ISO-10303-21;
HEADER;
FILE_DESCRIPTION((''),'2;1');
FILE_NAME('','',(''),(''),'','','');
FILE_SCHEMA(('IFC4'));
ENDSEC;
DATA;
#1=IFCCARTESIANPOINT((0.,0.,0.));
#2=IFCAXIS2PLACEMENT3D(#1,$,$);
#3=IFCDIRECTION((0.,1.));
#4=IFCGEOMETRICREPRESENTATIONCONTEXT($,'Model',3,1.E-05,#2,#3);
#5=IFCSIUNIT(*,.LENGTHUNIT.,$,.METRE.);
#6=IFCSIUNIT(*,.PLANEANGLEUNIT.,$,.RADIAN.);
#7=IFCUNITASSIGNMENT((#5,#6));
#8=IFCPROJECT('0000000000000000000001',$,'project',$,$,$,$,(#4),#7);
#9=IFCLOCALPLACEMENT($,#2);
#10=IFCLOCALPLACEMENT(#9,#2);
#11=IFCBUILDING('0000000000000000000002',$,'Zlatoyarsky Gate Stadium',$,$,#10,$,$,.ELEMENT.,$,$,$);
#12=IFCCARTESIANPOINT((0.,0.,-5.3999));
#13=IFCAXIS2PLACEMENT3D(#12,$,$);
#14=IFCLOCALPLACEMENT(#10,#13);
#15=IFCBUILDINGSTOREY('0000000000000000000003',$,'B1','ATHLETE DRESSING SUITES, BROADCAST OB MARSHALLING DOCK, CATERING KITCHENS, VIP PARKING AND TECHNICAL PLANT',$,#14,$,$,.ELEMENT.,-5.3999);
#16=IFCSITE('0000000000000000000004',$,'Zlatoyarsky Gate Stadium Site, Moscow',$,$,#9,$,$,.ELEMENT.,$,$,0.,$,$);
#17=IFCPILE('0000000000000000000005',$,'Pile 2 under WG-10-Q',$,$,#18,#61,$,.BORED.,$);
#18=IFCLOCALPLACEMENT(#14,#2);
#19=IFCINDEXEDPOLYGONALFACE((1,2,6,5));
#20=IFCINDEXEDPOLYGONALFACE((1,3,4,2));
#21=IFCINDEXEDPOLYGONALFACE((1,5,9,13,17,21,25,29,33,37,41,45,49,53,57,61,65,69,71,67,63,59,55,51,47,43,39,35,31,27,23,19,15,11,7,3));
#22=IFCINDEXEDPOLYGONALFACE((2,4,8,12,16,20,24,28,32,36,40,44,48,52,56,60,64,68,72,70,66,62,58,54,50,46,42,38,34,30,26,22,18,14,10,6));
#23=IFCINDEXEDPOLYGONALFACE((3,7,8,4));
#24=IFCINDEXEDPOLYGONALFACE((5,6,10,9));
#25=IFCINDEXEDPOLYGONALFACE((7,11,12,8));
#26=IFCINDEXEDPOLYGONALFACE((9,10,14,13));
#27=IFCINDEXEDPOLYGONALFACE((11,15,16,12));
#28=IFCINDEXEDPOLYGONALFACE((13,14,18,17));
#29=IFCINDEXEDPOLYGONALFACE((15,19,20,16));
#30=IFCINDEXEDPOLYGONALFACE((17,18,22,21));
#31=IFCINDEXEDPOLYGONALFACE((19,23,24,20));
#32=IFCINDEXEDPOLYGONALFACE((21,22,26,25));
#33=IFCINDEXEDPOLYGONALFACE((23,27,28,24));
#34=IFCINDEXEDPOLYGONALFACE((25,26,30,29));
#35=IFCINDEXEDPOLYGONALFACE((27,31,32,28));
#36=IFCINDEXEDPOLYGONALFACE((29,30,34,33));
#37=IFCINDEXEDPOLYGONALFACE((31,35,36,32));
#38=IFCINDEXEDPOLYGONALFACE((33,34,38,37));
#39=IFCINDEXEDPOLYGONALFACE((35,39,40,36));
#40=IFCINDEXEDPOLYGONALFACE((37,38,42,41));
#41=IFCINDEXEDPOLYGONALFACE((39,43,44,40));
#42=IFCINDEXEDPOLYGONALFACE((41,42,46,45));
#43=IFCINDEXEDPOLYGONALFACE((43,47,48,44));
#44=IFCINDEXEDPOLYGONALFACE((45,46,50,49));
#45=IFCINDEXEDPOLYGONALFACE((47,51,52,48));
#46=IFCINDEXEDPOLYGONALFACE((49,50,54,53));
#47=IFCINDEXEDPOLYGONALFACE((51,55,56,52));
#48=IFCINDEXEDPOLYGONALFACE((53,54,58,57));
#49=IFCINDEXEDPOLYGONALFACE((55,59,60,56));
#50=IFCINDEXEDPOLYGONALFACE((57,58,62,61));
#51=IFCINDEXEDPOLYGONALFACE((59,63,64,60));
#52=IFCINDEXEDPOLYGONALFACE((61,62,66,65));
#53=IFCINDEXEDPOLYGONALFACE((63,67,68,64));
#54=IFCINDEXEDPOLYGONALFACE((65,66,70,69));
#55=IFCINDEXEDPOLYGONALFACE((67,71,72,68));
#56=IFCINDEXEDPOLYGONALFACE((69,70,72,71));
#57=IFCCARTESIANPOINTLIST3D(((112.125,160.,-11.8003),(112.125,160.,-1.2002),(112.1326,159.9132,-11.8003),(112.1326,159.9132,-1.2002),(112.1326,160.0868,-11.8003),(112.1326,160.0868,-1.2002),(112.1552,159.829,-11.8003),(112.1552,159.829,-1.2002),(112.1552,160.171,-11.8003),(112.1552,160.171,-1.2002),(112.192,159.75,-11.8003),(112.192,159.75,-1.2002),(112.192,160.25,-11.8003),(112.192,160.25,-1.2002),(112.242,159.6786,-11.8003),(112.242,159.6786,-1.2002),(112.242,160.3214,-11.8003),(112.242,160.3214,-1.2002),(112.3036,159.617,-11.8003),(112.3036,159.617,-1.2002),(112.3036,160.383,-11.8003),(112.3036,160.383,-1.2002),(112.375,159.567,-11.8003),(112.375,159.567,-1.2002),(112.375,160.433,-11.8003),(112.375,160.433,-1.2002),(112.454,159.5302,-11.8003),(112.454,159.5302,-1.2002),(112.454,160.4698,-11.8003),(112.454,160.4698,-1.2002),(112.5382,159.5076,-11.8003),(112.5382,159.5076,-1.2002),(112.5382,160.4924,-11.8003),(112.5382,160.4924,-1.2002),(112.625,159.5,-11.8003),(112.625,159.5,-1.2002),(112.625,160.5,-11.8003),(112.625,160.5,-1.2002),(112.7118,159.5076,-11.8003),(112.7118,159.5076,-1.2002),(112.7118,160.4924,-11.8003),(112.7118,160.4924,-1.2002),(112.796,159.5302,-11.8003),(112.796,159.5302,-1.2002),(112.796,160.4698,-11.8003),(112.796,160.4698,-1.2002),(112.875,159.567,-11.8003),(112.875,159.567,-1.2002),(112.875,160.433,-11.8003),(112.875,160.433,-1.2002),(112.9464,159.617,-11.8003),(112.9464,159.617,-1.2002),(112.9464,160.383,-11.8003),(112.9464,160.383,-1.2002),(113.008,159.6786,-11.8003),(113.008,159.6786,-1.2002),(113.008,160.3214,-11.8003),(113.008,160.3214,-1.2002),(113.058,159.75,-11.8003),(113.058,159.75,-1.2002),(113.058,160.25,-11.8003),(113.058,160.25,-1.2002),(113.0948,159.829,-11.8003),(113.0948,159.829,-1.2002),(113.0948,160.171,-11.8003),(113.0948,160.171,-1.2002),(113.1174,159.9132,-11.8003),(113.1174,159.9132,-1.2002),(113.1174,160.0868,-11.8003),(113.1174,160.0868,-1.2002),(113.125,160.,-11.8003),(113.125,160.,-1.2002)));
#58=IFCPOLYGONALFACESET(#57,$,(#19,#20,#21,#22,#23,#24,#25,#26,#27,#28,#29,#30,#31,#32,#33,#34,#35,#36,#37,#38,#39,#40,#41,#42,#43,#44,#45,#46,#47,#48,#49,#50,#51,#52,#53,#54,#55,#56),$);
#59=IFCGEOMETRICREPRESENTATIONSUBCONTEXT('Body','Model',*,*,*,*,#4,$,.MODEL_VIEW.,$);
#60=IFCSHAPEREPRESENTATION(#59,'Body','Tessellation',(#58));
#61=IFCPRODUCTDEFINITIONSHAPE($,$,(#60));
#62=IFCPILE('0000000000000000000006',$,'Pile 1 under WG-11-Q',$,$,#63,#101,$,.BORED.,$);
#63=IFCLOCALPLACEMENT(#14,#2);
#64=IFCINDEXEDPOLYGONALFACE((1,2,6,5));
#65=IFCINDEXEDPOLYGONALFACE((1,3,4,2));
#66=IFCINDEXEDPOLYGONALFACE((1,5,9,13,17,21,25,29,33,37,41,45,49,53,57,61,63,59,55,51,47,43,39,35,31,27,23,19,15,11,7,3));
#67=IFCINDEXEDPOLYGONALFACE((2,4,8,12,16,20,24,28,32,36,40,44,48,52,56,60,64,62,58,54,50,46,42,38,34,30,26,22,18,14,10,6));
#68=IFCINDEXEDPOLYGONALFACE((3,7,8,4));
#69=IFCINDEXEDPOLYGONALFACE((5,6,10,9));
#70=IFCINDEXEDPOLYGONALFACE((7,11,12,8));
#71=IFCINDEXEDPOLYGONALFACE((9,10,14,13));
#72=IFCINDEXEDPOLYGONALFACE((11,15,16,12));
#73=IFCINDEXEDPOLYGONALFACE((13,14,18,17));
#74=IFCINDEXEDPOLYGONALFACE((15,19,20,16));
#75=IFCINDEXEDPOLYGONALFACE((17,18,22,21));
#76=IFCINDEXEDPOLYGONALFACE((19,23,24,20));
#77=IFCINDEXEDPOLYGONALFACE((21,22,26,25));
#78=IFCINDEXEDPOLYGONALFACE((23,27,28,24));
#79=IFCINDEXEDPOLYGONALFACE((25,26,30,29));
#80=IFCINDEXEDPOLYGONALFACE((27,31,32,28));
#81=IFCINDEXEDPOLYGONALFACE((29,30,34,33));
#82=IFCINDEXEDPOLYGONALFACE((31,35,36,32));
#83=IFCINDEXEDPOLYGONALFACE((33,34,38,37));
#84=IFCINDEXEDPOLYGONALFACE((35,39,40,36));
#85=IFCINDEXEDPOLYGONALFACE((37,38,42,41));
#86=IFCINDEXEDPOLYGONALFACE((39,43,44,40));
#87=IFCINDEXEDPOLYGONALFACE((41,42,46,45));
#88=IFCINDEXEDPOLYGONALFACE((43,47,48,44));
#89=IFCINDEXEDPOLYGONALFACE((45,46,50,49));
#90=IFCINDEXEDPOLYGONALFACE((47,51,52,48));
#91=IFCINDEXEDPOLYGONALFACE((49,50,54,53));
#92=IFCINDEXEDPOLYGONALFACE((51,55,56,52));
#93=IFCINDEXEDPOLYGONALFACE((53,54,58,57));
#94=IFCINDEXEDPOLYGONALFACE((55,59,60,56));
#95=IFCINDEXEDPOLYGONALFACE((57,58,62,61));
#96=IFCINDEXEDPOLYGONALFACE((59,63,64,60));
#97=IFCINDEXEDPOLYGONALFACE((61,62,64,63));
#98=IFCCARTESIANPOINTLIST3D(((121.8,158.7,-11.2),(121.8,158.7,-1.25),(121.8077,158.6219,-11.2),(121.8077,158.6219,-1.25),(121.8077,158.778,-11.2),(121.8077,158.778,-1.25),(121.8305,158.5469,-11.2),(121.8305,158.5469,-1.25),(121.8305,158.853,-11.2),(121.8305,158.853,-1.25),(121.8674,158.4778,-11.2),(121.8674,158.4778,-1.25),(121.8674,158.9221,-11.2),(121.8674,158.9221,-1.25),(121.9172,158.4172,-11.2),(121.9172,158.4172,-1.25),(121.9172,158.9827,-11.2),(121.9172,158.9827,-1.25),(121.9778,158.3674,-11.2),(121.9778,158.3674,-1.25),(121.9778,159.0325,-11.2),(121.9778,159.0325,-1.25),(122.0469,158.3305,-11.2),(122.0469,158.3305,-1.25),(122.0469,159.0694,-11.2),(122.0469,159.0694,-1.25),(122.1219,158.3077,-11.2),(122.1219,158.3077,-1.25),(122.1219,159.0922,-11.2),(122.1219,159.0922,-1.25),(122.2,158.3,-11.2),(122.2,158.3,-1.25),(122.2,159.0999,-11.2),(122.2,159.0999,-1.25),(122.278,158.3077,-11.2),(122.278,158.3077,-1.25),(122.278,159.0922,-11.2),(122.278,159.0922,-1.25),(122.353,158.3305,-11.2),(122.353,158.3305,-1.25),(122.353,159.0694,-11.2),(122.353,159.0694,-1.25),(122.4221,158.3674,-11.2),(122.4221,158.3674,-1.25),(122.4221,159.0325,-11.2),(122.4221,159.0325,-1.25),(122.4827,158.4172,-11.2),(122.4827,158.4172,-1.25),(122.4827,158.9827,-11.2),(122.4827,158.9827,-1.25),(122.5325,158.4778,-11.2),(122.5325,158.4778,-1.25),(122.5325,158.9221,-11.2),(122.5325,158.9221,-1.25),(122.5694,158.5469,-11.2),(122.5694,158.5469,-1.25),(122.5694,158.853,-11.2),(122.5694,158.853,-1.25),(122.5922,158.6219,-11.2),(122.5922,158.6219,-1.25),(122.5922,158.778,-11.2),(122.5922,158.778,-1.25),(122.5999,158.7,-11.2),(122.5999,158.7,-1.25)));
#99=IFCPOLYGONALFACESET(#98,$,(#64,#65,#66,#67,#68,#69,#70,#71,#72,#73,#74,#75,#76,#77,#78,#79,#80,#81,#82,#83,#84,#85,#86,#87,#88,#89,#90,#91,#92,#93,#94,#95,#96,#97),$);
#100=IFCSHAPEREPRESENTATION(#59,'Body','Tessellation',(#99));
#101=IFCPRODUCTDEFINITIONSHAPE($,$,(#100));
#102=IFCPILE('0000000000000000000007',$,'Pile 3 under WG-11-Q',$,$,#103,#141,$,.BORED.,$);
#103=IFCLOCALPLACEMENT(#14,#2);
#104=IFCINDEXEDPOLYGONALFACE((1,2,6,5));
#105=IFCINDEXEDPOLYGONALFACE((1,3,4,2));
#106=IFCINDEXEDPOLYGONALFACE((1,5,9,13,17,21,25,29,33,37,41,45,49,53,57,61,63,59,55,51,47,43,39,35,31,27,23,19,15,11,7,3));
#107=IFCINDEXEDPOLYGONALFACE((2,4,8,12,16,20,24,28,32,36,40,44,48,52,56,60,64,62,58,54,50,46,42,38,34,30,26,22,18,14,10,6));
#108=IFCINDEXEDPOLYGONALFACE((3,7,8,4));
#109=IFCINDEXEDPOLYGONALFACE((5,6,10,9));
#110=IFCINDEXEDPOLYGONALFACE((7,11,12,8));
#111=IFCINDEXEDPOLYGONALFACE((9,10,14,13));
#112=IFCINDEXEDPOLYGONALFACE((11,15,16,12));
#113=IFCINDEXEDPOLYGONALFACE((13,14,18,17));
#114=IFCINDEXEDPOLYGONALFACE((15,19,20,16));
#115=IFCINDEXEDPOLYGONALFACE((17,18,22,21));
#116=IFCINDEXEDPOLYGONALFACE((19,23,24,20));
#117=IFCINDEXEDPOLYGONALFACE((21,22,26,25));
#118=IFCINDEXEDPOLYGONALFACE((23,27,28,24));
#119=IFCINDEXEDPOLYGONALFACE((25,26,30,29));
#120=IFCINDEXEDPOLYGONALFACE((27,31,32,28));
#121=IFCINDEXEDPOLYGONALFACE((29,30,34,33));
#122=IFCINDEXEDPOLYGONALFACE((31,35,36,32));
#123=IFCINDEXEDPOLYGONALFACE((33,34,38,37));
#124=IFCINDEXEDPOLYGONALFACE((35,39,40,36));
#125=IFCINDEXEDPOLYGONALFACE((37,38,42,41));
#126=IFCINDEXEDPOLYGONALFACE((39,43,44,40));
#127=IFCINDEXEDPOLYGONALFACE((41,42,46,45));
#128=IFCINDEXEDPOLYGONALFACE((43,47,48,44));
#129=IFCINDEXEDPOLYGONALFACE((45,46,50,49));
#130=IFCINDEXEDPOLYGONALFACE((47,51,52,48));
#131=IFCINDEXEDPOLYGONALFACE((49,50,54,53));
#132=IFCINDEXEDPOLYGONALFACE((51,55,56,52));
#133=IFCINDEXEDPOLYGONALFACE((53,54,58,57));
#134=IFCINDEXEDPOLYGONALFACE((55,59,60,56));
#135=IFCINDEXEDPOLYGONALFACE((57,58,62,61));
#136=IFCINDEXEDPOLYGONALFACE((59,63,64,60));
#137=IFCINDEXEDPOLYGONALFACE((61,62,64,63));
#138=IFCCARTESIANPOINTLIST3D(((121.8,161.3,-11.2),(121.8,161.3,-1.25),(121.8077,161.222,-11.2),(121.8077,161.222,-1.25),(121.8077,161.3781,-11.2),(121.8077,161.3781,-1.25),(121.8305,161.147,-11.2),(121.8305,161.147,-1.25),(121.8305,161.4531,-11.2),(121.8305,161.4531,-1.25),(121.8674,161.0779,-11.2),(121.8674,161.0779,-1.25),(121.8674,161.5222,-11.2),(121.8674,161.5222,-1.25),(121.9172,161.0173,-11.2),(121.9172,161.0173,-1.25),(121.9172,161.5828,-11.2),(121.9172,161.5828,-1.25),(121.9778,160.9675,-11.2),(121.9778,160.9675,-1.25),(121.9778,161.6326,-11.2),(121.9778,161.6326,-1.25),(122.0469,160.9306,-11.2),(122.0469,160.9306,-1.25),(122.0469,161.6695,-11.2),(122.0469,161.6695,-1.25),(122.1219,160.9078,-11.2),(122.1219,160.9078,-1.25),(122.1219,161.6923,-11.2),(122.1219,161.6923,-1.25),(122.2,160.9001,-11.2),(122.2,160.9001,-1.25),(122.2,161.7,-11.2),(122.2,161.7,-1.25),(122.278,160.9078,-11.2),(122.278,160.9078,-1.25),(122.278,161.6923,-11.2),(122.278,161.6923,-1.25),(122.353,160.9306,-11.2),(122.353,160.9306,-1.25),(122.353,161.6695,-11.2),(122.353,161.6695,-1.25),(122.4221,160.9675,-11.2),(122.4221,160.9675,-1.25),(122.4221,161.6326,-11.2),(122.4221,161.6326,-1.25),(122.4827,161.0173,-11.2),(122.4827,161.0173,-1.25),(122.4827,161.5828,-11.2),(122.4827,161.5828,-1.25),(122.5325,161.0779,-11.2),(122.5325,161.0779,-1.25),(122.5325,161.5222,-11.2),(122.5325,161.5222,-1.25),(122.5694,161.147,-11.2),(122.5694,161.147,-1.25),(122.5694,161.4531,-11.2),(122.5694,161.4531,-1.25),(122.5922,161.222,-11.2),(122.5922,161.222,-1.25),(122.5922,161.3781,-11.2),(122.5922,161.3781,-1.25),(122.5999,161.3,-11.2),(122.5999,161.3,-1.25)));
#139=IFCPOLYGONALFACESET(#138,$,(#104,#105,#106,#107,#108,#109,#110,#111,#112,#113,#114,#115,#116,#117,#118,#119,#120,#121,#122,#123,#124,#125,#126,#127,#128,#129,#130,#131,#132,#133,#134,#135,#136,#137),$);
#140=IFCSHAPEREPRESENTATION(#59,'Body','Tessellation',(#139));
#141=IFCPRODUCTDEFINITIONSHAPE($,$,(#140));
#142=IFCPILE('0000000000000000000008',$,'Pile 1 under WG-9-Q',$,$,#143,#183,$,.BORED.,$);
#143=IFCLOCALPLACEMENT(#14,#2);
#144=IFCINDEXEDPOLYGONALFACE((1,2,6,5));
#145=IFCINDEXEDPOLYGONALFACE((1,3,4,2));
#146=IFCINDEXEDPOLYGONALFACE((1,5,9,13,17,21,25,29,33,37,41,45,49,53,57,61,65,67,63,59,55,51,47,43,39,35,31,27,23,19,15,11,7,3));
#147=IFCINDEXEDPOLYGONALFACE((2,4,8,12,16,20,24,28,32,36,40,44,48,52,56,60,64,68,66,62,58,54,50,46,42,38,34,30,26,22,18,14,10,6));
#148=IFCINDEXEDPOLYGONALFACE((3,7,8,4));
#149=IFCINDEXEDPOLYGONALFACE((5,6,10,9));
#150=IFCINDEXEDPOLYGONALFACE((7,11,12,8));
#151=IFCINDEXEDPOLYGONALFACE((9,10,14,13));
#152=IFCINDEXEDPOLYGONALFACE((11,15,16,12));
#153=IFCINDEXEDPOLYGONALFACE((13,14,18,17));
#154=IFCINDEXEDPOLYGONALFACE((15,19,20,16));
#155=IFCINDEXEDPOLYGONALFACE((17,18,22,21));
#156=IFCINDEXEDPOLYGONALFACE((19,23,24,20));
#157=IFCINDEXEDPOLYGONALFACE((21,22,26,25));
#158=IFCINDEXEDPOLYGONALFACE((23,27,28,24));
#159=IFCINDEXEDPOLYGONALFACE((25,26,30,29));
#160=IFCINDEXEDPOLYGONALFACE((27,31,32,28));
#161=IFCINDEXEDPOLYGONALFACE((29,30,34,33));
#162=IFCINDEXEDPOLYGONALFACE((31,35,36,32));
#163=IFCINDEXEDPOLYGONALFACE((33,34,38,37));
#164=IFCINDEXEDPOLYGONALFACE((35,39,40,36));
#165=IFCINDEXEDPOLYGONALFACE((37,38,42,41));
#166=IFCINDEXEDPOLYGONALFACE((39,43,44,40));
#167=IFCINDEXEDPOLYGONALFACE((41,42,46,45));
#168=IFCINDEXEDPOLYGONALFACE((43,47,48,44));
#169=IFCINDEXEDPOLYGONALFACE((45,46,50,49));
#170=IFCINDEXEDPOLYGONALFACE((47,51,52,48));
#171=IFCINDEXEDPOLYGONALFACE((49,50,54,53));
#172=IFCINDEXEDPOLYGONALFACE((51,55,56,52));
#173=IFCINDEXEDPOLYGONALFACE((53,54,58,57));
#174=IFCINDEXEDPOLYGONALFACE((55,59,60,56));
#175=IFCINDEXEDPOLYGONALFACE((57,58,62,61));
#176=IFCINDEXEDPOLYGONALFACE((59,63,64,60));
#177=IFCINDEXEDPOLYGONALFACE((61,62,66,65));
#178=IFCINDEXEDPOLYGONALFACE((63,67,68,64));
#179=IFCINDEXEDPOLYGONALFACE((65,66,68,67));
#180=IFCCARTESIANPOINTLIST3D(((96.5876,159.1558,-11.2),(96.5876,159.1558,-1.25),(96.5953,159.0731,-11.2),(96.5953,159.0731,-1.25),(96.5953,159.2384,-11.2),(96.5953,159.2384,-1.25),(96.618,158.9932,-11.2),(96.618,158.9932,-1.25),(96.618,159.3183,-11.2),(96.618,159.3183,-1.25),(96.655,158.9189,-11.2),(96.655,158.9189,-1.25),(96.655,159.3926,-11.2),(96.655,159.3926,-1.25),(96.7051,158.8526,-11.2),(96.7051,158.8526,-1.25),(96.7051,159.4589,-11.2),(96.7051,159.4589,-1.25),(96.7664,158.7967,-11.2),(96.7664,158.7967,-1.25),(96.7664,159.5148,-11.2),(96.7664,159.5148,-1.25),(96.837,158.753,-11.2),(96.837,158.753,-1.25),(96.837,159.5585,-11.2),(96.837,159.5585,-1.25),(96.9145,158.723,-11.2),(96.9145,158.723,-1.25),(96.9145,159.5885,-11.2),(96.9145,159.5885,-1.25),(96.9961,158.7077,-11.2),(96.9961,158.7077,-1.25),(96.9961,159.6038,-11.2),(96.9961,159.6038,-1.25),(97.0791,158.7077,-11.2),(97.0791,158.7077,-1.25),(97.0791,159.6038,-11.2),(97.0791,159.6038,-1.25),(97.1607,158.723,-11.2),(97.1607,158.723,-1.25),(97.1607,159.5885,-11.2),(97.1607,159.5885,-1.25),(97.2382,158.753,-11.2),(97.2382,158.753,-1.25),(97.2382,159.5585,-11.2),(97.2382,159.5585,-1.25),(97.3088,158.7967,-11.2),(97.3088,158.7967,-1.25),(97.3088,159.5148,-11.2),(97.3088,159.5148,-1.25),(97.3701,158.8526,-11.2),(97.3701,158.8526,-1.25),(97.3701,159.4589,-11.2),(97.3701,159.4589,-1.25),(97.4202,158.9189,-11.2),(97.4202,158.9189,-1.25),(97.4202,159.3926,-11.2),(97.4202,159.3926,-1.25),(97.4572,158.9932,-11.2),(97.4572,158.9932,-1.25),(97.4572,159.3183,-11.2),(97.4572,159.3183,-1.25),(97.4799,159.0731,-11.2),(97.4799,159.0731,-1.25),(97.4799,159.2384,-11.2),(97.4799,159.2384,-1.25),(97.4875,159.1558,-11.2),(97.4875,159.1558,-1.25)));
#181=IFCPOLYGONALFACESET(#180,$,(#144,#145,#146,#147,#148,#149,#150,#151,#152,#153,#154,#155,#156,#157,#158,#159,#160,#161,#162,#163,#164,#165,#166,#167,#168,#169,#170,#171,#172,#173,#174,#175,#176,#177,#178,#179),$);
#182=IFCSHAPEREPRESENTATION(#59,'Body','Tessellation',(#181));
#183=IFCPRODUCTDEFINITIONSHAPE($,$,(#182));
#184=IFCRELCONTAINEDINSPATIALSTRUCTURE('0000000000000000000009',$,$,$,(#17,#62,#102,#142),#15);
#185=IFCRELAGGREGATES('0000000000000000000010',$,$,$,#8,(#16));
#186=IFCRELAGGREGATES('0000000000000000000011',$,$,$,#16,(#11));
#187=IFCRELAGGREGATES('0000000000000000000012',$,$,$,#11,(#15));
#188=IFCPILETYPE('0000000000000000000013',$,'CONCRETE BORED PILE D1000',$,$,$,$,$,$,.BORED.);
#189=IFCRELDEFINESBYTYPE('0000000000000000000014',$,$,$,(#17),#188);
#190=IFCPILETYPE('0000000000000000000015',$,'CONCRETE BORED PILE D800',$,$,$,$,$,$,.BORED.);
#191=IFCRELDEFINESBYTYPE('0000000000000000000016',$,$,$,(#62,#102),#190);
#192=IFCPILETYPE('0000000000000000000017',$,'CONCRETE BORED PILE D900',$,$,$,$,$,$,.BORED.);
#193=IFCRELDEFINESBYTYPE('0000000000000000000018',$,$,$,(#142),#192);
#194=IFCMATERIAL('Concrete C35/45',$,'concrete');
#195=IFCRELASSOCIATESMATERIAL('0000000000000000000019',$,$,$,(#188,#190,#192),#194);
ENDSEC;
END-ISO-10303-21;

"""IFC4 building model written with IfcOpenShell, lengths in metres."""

from ifc_helpers import new_model, si_unit, direction, frame, origin, origin_2d, place, context, subcontext, project, spatial, circle, extrude, material, material_profile, profile_set, type_object, element, save


model = new_model("IFC4")

# Units and contexts
model_context = context("Model", 3, precision=1e-05, world=origin(), true_north=direction((0.0, 1.0)))
body_context = subcontext(model_context, "Body", "Model", "MODEL_VIEW")
ifc_project = project(units=[si_unit("LENGTHUNIT", "METRE"), si_unit("PLANEANGLEUNIT", "RADIAN")], contexts=[model_context])

# Site, building, storey
site_placement = place(None, origin())
site = spatial("IfcSite", under=ifc_project, at=site_placement, Name="Zlatoyarsky Gate Stadium Site, Moscow", CompositionType="ELEMENT", RefElevation=0.0)
building_placement = place(site_placement, origin())
building = spatial("IfcBuilding", under=site, at=building_placement, Name="Zlatoyarsky Gate Stadium", CompositionType="ELEMENT")
storey_placement = place(building_placement, frame((0.0, 0.0, -5.3999)))
storey = spatial("IfcBuildingStorey", under=building, at=storey_placement, Name="B1", Description="ATHLETE DRESSING SUITES, BROADCAST OB MARSHALLING DOCK, CATERING KITCHENS, VIP PARKING AND TECHNICAL PLANT", CompositionType="ELEMENT", Elevation=-5.3999)

# Piles
ifc_material_1 = material(Name="Concrete C35/45", Category="concrete")
ifc_material_profile_1 = material_profile(ifc_material_1, circle(Radius=0.5, at=origin_2d()), Name="BORED PILE D1000")
ifc_profile_set_1 = profile_set([ifc_material_profile_1], Name="Concrete C35/45")
pile_type_1 = type_object("IfcPileType", Name="CONCRETE BORED PILE D1000", PredefinedType="BORED", material=ifc_profile_set_1)
for number, where, z_axis, x_axis, name in (
    (1, (112.625, 160.0, -1.2002), (0.0, 0.0, -1.0), (1.0, 0.0, 0.0), "Pile 2 under WG-10-Q"),
):
    element("IfcPile", number, at=place(storey_placement, frame(where, z_axis=z_axis, x_axis=x_axis)), inside=storey, type_object=pile_type_1, Name=name, PredefinedType="BORED", context=body_context, shape_type="SweptSolid", body=[
        extrude(circle(Radius=0.5, at=origin_2d()), origin(), (0.0, 0.0, 1.0), 10.6001),
    ])
ifc_material_profile_2 = material_profile(ifc_material_1, circle(Radius=0.3999, at=origin_2d()), Name="BORED PILE D800")
ifc_profile_set_2 = profile_set([ifc_material_profile_2], Name="Concrete C35/45")
pile_type_2 = type_object("IfcPileType", Name="CONCRETE BORED PILE D800", PredefinedType="BORED", material=ifc_profile_set_2)
for number, where, z_axis, x_axis, name in (
    (2, (122.2, 158.7, -1.25), (0.0, 0.0, -1.0), (1.0, 0.0, 0.0), "Pile 1 under WG-11-Q"),
    (3, (122.2, 161.3, -1.25), (0.0, 0.0, -1.0), (1.0, 0.0, 0.0), "Pile 3 under WG-11-Q"),
):
    element("IfcPile", number, at=place(storey_placement, frame(where, z_axis=z_axis, x_axis=x_axis)), inside=storey, type_object=pile_type_2, Name=name, PredefinedType="BORED", context=body_context, shape_type="SweptSolid", body=[
        extrude(circle(Radius=0.3999, at=origin_2d()), origin(), (0.0, 0.0, 1.0), 9.95),
    ])
ifc_material_profile_3 = material_profile(ifc_material_1, circle(Radius=0.45, at=origin_2d()), Name="BORED PILE D900")
ifc_profile_set_3 = profile_set([ifc_material_profile_3], Name="Concrete C35/45")
pile_type_3 = type_object("IfcPileType", Name="CONCRETE BORED PILE D900", PredefinedType="BORED", material=ifc_profile_set_3)
for number, where, z_axis, x_axis, name in (
    (4, (97.0376, 159.1558, -1.25), (0.0, 0.0, -1.0), (1.0, 0.0, 0.0), "Pile 1 under WG-9-Q"),
):
    element("IfcPile", number, at=place(storey_placement, frame(where, z_axis=z_axis, x_axis=x_axis)), inside=storey, type_object=pile_type_3, Name=name, PredefinedType="BORED", context=body_context, shape_type="SweptSolid", body=[
        extrude(circle(Radius=0.45, at=origin_2d()), origin(), (0.0, 0.0, 1.0), 9.95),
    ])

save(model, "model.ifc")
